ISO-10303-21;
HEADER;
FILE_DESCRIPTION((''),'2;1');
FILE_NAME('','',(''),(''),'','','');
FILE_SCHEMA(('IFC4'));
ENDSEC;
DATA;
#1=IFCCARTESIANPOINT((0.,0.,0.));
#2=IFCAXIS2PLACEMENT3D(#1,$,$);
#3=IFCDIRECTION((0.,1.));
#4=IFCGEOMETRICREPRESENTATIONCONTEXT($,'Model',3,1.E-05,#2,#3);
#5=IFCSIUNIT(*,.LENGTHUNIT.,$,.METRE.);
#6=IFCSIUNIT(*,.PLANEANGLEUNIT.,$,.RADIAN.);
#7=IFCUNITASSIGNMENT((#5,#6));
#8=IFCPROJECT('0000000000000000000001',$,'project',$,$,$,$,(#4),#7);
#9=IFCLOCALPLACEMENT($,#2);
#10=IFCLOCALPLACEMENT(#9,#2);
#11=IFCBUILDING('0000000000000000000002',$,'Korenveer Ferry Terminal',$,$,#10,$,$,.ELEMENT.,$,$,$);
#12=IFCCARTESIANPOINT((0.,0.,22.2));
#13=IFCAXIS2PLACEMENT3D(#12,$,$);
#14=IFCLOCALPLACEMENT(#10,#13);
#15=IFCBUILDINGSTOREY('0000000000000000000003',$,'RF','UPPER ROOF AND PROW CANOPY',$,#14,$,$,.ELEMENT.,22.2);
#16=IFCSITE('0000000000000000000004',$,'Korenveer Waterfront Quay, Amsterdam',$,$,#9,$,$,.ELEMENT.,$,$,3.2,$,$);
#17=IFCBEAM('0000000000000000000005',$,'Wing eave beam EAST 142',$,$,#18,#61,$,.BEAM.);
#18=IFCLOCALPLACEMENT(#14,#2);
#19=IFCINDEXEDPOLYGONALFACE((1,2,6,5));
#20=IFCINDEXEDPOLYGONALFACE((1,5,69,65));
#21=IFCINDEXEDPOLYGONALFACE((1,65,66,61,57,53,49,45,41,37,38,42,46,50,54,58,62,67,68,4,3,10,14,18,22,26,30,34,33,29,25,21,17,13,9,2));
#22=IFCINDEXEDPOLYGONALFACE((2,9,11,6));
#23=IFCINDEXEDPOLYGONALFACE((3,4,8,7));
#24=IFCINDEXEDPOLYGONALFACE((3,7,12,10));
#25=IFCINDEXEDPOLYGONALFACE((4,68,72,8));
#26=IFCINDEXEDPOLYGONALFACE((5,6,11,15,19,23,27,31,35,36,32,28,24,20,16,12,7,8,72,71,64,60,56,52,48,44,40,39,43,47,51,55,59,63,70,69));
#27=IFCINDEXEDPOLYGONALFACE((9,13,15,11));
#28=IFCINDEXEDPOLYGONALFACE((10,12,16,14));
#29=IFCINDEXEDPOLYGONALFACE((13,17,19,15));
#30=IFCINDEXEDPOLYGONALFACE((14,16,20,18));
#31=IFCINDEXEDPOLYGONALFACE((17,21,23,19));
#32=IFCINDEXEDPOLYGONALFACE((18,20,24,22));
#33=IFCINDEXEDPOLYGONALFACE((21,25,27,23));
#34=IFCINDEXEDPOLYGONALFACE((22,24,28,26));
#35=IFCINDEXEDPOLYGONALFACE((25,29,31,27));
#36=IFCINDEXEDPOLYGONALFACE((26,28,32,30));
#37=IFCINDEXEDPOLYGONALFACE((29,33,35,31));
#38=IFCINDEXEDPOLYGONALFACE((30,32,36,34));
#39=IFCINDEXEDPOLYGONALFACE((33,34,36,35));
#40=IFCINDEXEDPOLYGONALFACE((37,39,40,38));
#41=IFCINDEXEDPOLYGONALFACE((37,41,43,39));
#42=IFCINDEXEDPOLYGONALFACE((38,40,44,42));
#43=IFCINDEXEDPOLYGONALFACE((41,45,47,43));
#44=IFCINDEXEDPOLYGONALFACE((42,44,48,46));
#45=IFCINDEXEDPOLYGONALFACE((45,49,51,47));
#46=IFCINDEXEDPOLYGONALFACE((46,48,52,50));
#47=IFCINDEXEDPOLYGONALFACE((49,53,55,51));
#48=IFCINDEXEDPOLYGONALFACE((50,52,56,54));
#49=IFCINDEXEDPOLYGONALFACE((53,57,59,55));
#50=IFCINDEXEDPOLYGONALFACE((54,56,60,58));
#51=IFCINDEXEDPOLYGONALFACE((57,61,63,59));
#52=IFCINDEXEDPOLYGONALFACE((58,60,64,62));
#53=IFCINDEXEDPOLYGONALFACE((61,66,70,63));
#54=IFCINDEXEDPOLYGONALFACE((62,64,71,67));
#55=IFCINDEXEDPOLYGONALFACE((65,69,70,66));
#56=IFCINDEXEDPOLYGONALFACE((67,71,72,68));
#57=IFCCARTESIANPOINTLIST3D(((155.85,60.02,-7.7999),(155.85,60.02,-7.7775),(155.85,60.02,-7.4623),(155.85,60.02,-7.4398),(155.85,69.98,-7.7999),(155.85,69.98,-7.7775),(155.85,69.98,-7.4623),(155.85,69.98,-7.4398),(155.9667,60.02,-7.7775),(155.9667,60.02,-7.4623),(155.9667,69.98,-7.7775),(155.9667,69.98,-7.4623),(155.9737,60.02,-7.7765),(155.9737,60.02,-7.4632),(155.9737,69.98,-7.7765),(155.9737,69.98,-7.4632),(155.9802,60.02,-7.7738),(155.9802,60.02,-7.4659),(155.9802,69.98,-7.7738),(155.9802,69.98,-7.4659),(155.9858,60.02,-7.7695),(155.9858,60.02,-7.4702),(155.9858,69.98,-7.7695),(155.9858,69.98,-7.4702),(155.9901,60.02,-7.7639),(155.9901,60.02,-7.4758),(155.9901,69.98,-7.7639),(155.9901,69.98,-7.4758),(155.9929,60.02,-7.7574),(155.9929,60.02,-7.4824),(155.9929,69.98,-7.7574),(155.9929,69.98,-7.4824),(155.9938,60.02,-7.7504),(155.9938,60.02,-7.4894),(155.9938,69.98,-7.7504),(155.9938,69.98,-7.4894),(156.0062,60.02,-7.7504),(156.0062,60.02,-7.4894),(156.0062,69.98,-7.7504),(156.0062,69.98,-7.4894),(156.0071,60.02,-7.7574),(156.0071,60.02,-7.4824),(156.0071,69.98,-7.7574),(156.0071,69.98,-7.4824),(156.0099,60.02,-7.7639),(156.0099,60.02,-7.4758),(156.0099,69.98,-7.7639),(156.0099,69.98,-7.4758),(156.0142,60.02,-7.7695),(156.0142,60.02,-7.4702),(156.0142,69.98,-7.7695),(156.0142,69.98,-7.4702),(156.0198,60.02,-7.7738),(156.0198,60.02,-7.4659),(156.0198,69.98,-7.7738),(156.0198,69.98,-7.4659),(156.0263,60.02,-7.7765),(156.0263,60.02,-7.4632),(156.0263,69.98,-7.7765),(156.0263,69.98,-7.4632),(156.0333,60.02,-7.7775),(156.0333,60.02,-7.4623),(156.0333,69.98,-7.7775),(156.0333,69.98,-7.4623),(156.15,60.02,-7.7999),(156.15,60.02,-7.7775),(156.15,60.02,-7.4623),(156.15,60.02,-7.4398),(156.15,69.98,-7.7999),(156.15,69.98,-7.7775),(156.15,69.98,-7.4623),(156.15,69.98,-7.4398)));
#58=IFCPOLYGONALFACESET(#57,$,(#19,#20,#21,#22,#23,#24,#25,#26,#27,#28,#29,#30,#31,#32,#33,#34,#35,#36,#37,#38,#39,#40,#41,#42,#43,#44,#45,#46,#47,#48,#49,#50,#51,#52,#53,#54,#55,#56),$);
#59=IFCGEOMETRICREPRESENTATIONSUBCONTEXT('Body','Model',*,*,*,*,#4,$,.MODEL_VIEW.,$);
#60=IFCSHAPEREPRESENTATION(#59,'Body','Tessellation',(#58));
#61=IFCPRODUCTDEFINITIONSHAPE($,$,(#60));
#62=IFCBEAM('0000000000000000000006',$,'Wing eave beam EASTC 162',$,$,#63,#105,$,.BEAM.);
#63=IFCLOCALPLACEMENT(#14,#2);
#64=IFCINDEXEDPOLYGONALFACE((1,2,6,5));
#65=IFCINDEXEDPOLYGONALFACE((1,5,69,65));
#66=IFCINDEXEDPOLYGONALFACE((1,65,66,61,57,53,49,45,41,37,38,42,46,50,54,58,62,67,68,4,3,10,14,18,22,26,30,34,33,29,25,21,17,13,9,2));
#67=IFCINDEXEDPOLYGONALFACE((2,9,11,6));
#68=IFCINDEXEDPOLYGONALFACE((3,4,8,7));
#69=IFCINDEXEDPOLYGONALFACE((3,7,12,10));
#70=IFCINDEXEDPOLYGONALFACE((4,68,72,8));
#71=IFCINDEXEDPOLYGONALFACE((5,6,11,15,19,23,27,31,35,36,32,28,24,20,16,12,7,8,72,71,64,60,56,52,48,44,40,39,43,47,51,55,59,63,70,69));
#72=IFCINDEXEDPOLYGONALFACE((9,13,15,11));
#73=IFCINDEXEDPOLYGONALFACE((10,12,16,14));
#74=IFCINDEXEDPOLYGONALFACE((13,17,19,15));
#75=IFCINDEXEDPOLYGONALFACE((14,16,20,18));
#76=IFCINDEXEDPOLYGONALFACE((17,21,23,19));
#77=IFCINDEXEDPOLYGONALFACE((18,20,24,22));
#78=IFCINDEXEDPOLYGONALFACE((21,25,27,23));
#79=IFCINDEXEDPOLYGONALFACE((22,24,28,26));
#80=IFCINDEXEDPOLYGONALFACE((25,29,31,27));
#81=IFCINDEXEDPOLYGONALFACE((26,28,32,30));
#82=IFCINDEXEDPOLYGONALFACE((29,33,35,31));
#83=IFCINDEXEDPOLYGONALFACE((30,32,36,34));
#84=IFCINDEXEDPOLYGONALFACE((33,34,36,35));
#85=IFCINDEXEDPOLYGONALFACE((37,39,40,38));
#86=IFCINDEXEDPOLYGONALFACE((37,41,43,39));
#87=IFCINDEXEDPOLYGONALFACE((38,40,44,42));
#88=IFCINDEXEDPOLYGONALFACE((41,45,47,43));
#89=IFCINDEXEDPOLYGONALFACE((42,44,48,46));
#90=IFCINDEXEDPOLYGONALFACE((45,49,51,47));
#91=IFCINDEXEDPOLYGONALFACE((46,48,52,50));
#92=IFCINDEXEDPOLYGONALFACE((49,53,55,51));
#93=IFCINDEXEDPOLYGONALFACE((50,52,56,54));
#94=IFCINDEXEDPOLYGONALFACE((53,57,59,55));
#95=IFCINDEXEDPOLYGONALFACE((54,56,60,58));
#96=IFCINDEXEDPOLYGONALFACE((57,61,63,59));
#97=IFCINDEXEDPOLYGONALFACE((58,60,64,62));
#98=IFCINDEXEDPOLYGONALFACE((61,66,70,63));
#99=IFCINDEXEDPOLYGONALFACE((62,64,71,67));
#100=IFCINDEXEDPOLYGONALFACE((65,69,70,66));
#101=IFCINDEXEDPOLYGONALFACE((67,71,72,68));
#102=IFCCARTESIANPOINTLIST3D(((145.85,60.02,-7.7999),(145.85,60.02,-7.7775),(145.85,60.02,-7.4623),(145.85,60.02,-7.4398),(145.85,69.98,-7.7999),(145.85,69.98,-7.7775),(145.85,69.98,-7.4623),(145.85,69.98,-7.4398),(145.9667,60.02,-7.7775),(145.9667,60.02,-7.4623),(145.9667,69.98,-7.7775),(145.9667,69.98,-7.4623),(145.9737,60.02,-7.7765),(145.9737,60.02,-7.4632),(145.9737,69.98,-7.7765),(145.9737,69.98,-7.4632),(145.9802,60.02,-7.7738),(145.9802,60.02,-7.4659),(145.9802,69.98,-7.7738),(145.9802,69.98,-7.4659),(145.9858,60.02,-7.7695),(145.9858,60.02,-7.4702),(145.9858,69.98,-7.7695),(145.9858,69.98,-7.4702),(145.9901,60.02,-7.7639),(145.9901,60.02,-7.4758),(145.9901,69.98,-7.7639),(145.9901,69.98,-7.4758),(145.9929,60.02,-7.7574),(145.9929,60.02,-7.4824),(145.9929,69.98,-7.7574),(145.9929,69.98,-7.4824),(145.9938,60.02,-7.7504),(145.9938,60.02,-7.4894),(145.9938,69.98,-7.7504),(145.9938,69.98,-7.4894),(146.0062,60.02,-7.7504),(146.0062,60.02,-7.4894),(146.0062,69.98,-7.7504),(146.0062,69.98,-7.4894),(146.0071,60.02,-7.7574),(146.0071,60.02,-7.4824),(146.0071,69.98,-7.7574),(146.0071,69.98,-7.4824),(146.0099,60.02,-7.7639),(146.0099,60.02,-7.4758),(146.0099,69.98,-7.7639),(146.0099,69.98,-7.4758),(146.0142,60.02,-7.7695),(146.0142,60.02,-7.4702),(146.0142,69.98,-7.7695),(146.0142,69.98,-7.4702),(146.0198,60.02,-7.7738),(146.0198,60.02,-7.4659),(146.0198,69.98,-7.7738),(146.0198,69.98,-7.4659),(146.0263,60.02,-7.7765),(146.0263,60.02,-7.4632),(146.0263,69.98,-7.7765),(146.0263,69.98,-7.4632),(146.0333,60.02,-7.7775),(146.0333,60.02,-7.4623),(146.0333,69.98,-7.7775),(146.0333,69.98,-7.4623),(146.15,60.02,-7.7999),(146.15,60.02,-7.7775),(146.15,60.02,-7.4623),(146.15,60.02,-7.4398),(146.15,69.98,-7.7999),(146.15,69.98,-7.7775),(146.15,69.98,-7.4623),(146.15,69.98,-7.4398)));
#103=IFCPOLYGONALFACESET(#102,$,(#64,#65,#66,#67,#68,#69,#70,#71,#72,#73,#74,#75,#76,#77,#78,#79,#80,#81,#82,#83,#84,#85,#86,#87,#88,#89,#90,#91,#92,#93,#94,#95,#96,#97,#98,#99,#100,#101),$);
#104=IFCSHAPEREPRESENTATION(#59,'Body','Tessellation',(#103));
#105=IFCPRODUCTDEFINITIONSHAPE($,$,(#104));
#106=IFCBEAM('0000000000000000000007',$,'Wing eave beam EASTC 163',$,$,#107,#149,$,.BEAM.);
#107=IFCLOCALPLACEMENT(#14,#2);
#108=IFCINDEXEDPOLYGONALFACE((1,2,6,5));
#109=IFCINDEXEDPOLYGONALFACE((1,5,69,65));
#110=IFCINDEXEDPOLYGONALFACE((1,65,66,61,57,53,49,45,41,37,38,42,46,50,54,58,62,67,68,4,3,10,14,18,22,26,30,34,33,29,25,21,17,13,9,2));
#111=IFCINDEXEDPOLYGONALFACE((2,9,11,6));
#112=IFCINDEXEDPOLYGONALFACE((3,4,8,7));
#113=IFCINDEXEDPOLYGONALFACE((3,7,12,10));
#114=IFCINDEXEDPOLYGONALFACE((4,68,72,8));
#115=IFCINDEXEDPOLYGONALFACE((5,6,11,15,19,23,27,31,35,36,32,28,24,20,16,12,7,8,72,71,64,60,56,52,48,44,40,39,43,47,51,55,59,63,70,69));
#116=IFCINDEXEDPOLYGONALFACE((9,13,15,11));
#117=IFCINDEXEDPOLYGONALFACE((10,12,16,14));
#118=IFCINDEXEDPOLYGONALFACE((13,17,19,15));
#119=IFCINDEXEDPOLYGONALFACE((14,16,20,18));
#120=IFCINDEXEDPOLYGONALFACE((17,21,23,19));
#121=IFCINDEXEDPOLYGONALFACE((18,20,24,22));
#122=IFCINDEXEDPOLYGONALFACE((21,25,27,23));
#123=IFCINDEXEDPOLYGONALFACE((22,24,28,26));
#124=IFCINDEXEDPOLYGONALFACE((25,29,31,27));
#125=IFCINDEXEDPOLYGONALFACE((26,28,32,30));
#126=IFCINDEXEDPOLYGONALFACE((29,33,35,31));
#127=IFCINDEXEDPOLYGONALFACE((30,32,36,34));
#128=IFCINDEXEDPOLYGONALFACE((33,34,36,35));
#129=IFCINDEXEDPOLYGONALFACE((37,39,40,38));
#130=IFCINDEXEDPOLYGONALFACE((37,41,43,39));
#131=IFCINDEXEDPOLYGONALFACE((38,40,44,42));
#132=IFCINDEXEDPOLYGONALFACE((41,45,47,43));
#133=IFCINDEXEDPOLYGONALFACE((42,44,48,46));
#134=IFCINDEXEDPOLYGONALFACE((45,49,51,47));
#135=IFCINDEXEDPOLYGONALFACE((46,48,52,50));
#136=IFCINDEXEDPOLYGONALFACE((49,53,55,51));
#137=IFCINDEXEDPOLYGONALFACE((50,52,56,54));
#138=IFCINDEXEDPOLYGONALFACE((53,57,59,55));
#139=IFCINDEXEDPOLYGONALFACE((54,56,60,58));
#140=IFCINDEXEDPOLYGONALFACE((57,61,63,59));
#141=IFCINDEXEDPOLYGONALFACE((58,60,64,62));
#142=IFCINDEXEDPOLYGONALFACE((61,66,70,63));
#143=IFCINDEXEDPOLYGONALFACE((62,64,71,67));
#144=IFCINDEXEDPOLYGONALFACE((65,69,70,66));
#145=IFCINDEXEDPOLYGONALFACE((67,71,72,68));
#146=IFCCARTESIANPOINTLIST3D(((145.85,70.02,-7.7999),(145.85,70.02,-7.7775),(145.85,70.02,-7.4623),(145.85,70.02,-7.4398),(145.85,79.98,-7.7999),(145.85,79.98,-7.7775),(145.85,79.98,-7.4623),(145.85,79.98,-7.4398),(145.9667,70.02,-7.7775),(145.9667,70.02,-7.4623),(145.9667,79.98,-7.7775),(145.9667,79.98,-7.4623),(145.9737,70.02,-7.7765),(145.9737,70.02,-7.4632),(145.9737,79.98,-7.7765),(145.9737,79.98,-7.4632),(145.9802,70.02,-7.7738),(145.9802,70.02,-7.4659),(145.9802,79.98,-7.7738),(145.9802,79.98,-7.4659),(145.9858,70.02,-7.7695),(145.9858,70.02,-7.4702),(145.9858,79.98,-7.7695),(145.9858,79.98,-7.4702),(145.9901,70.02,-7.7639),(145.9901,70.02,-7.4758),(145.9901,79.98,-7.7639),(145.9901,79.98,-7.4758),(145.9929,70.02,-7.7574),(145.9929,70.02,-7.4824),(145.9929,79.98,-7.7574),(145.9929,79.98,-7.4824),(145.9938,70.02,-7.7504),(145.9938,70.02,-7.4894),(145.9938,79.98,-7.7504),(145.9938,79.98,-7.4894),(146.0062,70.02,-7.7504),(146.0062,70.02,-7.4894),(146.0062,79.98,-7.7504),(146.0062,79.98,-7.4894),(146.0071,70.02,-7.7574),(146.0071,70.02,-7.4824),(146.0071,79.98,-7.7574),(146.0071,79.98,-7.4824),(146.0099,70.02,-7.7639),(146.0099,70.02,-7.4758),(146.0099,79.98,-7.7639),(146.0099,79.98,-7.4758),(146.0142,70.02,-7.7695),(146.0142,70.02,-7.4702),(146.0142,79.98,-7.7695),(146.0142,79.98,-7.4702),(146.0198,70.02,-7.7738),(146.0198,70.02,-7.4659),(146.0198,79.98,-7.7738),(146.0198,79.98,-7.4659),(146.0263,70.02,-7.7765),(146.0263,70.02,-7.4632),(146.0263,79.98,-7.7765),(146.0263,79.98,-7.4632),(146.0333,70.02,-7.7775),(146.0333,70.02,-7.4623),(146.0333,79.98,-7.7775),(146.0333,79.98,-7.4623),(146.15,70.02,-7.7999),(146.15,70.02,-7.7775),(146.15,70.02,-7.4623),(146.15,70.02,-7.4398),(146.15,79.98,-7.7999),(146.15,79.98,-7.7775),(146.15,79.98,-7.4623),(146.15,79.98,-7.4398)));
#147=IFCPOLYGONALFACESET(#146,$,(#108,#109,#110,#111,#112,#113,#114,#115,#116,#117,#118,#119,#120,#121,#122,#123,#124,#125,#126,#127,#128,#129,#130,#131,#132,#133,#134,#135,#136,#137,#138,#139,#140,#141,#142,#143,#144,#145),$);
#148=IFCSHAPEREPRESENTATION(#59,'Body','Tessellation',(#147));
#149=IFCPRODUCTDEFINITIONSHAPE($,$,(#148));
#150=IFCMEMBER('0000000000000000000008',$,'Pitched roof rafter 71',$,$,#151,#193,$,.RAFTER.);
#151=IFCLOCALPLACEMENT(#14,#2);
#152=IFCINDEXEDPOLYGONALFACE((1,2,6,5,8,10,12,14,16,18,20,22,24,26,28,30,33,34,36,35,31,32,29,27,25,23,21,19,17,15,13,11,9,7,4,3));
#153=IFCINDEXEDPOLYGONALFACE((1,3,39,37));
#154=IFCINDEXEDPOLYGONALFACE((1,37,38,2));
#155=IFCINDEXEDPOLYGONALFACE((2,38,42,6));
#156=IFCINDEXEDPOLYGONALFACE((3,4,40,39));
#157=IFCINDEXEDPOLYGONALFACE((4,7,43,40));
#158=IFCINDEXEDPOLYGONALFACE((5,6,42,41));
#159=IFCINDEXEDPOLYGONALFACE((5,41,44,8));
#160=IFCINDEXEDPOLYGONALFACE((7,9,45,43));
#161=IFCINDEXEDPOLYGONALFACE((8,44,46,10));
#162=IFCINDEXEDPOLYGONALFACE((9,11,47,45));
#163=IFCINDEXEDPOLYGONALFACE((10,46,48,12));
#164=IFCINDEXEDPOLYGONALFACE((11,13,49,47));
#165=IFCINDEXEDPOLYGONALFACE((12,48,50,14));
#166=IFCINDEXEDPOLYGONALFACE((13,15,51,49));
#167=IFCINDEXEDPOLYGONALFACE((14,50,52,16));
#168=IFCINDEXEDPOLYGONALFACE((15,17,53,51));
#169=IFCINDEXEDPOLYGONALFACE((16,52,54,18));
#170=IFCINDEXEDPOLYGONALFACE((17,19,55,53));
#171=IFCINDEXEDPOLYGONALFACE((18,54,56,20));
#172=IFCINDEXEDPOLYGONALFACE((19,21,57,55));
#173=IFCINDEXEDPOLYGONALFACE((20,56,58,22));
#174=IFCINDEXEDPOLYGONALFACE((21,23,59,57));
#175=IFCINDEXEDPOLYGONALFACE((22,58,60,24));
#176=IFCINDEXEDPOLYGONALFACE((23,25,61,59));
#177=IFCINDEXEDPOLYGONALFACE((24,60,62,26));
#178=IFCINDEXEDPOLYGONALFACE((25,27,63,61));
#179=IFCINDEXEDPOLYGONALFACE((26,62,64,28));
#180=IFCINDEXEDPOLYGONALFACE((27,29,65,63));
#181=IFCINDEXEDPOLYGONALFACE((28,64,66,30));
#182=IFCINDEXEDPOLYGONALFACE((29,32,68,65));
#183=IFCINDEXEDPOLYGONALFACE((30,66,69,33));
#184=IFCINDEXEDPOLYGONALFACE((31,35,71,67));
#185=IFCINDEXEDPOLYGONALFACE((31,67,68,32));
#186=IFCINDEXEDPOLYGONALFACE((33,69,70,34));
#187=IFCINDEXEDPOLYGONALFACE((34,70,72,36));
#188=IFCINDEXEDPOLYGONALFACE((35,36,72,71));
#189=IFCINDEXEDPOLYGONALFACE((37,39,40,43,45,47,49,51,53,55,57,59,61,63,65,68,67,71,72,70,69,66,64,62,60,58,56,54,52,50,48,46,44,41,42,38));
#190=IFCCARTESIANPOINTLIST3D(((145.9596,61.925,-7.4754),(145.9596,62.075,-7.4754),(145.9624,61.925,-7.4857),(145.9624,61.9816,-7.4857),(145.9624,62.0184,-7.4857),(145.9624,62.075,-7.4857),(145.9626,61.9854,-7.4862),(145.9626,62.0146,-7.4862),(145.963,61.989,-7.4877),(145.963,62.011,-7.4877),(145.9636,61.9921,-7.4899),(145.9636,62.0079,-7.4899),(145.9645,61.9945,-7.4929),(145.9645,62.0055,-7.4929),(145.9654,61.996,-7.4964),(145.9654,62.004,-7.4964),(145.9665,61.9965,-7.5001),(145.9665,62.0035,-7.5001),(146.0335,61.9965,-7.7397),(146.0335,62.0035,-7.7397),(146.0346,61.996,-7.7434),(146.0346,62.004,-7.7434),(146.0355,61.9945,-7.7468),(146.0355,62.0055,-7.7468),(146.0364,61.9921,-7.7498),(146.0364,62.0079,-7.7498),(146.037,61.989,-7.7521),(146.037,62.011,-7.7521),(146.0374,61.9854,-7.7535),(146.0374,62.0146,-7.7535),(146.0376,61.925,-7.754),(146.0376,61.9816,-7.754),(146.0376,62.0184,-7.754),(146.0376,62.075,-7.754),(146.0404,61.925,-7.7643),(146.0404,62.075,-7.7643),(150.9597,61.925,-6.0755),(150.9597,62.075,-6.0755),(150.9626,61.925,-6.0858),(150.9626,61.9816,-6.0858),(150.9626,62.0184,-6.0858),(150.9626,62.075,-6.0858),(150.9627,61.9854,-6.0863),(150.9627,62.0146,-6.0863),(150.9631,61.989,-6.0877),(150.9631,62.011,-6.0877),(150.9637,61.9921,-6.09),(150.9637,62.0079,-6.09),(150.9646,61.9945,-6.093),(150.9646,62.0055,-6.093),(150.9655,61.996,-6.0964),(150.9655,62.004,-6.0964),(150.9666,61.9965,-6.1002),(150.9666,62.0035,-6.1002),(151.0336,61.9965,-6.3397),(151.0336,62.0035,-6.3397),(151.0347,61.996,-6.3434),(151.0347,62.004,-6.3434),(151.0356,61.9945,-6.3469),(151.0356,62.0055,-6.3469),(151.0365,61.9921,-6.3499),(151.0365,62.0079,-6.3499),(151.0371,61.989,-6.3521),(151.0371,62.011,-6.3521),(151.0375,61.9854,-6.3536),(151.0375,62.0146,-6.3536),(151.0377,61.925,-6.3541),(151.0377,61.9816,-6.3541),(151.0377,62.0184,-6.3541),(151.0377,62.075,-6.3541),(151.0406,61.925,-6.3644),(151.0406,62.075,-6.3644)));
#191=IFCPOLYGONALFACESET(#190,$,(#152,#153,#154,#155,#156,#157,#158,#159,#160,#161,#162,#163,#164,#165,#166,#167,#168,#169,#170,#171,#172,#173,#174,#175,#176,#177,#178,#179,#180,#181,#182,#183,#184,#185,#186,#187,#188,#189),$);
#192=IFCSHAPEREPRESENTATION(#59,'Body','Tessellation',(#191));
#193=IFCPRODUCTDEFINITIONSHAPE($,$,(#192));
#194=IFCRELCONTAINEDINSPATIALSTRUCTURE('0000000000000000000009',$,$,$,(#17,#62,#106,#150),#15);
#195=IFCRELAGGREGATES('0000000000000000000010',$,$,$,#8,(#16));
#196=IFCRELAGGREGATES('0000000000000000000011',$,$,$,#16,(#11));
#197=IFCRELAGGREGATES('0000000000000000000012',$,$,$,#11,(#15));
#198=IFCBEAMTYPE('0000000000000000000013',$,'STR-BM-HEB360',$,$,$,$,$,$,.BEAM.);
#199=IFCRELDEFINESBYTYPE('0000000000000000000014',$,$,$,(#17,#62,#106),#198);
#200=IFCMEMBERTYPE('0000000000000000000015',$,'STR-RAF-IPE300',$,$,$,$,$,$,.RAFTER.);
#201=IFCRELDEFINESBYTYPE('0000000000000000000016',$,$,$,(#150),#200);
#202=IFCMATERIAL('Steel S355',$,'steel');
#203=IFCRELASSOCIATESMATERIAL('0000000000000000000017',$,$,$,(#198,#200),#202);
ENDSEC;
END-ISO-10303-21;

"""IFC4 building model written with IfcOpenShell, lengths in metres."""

from ifc_helpers import new_model, si_unit, direction, frame, origin, origin_2d, place, context, subcontext, project, spatial, i_section, extrude, material, material_profile, profile_set, type_object, element, save


model = new_model("IFC4")

# Units and contexts
model_context = context("Model", 3, precision=1e-05, world=origin(), true_north=direction((0.0, 1.0)))
body_context = subcontext(model_context, "Body", "Model", "MODEL_VIEW")
ifc_project = project(units=[si_unit("LENGTHUNIT", "METRE"), si_unit("PLANEANGLEUNIT", "RADIAN")], contexts=[model_context])

# Site, building, storey
site_placement = place(None, origin())
site = spatial("IfcSite", under=ifc_project, at=site_placement, Name="Korenveer Waterfront Quay, Amsterdam", CompositionType="ELEMENT", RefElevation=3.2)
building_placement = place(site_placement, origin())
building = spatial("IfcBuilding", under=site, at=building_placement, Name="Korenveer Ferry Terminal", CompositionType="ELEMENT")
storey_placement = place(building_placement, frame((0.0, 0.0, 22.2)))
storey = spatial("IfcBuildingStorey", under=building, at=storey_placement, Name="RF", Description="UPPER ROOF AND PROW CANOPY", CompositionType="ELEMENT", Elevation=22.2)

# Beams
ifc_material_1 = material(Name="Steel S355", Category="steel")
ifc_material_profile_1 = material_profile(ifc_material_1, i_section(OverallWidth=0.3, OverallDepth=0.3601, WebThickness=0.0125, FlangeThickness=0.0225, FilletRadius=0.0271, at=origin_2d()), Name="HEB 360")
ifc_profile_set_1 = profile_set([ifc_material_profile_1], Name="Steel S355")
beam_type_1 = type_object("IfcBeamType", Name="STR-BM-HEB360", PredefinedType="BEAM", material=ifc_profile_set_1)
for number, where, z_axis, x_axis, name in (
    (1, (156.0, 60.02, -7.6199), (0.0, 1.0, 0.0), (-1.0, 0.0, 0.0), "Wing eave beam EAST 142"),
    (2, (146.0, 60.02, -7.6199), (0.0, 1.0, 0.0), (-1.0, 0.0, 0.0), "Wing eave beam EASTC 162"),
    (3, (146.0, 70.02, -7.6199), (0.0, 1.0, 0.0), (-1.0, 0.0, 0.0), "Wing eave beam EASTC 163"),
):
    element("IfcBeam", number, at=place(storey_placement, frame(where, z_axis=z_axis, x_axis=x_axis)), inside=storey, type_object=beam_type_1, Name=name, PredefinedType="BEAM", context=body_context, shape_type="SweptSolid", body=[
        extrude(i_section(OverallWidth=0.3, OverallDepth=0.3601, WebThickness=0.0125, FlangeThickness=0.0225, FilletRadius=0.0271, at=origin_2d()), origin(), (0.0, 0.0, 1.0), 9.96),
    ])

# Member
ifc_material_profile_2 = material_profile(ifc_material_1, i_section(OverallWidth=0.1499, OverallDepth=0.3, WebThickness=0.0071, FlangeThickness=0.0107, FilletRadius=0.0149, at=origin_2d()), Name="IPE 300")
ifc_profile_set_2 = profile_set([ifc_material_profile_2], Name="Steel S355")
member_type_1 = type_object("IfcMemberType", Name="STR-RAF-IPE300", PredefinedType="RAFTER", material=ifc_profile_set_2)
for number, where, z_axis, x_axis, name in (
    (4, (146.0, 62.0, -7.6199), (0.962969, 0.0, 0.269612), (0.0, 1.0, 0.0), "Pitched roof rafter 71"),
):
    element("IfcMember", number, at=place(storey_placement, frame(where, z_axis=z_axis, x_axis=x_axis)), inside=storey, type_object=member_type_1, Name=name, PredefinedType="RAFTER", context=body_context, shape_type="SweptSolid", body=[
        extrude(i_section(OverallWidth=0.1499, OverallDepth=0.3, WebThickness=0.0071, FlangeThickness=0.0107, FilletRadius=0.0149, at=origin_2d()), origin(), (0.0, 0.0, 1.0), 5.1924),
    ])

save(model, "model.ifc")
